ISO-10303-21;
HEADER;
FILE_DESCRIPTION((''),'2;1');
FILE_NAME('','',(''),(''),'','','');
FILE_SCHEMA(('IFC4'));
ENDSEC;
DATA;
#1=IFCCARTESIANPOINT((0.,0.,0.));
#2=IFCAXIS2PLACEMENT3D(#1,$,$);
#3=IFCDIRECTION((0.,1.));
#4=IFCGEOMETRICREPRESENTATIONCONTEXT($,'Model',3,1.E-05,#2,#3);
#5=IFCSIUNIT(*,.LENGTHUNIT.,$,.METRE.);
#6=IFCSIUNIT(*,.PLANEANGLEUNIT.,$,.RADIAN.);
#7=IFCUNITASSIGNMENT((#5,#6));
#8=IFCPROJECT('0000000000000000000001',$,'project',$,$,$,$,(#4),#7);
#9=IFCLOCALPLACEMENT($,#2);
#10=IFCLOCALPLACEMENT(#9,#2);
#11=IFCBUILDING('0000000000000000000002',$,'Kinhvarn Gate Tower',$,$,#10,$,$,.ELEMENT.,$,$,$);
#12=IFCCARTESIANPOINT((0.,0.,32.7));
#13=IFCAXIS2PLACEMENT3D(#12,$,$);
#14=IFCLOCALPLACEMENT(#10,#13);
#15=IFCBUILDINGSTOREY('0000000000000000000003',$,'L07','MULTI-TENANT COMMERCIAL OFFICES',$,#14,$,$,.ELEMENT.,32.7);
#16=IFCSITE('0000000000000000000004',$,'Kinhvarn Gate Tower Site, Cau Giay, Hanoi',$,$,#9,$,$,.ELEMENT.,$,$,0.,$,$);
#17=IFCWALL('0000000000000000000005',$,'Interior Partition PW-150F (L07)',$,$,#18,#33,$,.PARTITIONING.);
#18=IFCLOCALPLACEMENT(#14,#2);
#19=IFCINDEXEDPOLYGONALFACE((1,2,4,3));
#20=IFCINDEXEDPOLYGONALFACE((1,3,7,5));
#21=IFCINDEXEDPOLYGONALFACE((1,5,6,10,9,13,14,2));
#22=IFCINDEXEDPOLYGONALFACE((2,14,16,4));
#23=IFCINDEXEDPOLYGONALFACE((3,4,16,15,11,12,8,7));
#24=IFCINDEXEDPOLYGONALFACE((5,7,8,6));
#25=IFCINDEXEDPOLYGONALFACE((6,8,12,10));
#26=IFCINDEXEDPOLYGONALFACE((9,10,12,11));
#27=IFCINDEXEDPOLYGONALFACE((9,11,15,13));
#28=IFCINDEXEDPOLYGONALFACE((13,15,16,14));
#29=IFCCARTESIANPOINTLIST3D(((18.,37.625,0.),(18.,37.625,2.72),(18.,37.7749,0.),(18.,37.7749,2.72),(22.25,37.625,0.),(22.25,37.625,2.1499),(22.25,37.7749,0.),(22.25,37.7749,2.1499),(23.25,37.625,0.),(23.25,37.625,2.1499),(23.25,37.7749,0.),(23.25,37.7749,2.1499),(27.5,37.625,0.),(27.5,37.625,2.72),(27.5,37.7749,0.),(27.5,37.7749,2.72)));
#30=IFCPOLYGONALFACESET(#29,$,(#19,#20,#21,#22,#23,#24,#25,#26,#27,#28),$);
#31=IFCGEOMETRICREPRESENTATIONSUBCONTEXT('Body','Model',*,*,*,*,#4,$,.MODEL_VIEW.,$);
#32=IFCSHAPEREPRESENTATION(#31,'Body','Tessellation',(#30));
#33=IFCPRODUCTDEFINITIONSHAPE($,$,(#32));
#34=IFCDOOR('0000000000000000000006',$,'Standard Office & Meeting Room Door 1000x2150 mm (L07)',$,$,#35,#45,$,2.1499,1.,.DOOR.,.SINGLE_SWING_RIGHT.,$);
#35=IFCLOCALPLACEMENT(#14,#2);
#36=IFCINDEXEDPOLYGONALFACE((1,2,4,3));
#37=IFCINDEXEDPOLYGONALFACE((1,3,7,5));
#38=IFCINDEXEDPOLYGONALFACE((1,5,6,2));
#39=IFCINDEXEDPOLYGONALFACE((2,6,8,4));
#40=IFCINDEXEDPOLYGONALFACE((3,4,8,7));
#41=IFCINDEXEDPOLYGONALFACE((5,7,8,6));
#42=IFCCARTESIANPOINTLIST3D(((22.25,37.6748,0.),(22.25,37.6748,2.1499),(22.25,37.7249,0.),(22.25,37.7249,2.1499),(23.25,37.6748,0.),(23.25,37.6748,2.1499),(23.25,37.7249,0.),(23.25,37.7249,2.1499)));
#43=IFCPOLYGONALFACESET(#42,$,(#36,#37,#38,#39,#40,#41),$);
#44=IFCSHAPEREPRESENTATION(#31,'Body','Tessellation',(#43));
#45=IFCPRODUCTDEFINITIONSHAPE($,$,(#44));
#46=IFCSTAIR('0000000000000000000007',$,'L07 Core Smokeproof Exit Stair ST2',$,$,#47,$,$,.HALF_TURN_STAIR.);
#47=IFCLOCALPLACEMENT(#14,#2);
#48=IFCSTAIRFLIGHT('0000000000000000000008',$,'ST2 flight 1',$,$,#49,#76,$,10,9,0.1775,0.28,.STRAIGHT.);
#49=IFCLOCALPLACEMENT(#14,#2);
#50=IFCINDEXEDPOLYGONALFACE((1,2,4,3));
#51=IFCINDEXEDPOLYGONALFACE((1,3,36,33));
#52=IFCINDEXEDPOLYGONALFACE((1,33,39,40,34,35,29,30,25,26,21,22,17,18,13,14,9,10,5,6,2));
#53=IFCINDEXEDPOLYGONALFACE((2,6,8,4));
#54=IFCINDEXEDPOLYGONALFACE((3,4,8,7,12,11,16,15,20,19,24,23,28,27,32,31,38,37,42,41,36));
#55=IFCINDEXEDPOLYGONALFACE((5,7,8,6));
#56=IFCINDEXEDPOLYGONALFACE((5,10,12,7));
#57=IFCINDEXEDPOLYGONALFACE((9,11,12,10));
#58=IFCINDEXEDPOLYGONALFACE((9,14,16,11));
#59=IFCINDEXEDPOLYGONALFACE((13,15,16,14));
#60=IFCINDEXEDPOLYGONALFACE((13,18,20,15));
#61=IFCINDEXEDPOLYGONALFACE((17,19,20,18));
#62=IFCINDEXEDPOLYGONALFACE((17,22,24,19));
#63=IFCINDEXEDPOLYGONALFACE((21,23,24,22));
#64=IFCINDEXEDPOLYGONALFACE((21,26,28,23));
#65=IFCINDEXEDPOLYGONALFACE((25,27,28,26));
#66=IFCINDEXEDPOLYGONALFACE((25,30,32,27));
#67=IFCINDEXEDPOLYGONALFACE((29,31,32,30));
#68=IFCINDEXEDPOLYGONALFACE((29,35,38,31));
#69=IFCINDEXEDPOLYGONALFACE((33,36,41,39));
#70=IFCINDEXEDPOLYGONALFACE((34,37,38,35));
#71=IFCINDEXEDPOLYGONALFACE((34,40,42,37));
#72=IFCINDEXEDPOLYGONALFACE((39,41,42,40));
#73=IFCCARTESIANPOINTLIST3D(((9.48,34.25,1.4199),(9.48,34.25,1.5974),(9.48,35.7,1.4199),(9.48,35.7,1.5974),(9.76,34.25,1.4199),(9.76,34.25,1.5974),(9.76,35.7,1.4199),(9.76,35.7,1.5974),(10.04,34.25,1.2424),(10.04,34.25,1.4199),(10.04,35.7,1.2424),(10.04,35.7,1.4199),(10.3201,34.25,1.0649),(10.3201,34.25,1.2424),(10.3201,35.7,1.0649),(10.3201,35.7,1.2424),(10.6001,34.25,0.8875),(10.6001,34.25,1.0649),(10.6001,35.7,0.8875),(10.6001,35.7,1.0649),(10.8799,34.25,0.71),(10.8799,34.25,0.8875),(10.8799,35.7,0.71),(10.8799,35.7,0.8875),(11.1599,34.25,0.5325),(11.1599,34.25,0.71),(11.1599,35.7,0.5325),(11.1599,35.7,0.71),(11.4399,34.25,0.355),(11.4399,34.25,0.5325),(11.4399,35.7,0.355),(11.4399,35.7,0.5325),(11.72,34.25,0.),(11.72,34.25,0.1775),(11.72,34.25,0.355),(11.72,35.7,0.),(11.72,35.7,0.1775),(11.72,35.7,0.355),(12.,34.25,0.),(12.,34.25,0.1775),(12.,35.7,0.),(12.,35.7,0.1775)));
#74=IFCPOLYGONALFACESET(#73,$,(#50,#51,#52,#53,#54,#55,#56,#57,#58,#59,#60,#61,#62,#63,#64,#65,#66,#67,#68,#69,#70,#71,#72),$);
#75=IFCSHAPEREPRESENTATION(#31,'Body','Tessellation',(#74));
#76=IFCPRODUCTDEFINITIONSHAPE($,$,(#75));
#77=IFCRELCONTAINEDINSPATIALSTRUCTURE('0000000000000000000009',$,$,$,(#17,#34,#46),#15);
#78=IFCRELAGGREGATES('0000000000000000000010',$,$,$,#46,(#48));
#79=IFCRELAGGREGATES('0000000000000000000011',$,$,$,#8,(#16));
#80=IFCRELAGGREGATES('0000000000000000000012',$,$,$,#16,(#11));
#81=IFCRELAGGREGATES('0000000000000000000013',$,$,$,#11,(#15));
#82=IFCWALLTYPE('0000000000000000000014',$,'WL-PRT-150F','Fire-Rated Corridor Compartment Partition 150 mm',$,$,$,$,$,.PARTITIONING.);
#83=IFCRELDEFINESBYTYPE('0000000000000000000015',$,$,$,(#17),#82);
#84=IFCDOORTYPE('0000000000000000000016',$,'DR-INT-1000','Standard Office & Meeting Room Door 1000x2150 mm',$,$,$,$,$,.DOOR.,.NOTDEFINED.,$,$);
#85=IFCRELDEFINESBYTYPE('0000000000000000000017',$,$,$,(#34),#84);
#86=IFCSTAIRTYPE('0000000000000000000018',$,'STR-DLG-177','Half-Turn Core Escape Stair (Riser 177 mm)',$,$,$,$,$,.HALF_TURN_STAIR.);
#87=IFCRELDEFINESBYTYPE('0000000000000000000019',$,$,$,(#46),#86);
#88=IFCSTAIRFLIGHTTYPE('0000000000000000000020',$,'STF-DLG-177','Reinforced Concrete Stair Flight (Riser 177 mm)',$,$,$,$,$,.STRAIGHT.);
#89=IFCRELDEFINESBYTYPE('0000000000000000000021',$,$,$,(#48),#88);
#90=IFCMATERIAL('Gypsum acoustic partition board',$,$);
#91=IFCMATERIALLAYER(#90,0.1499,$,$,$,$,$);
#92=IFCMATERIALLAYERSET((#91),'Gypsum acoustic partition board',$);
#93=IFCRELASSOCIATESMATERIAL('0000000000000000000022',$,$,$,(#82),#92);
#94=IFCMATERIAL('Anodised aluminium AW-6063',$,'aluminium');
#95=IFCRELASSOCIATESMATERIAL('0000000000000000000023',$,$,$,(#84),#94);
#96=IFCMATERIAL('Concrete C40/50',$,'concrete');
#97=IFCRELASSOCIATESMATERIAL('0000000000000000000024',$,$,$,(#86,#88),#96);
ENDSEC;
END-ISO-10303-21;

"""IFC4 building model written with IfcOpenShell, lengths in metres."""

from ifc_helpers import new_model, si_unit, direction, frame, frame_2d, origin, place, context, subcontext, project, spatial, polyline, rectangle, outline, extrude, material, layer, layer_set, type_object, element, fill, aggregate, save


model = new_model("IFC4")

# Units and contexts
model_context = context("Model", 3, precision=1e-05, world=origin(), true_north=direction((0.0, 1.0)))
body_context = subcontext(model_context, "Body", "Model", "MODEL_VIEW")
ifc_project = project(units=[si_unit("LENGTHUNIT", "METRE"), si_unit("PLANEANGLEUNIT", "RADIAN")], contexts=[model_context])

# Site, building, storey
site_placement = place(None, origin())
site = spatial("IfcSite", under=ifc_project, at=site_placement, Name="Kinhvarn Gate Tower Site, Cau Giay, Hanoi", CompositionType="ELEMENT", RefElevation=0.0)
building_placement = place(site_placement, origin())
building = spatial("IfcBuilding", under=site, at=building_placement, Name="Kinhvarn Gate Tower", CompositionType="ELEMENT")
storey_placement = place(building_placement, frame((0.0, 0.0, 32.7)))
storey = spatial("IfcBuildingStorey", under=building, at=storey_placement, Name="L07", Description="MULTI-TENANT COMMERCIAL OFFICES", CompositionType="ELEMENT", Elevation=32.7)

# Shared definitions
ifc_material_1 = material(Name="Anodised aluminium AW-6063", Category="aluminium")

# Shared definitions
ifc_material_2 = material(Name="Gypsum acoustic partition board")

# Shared definitions
ifc_layer_1 = layer(ifc_material_2, 0.1499)
ifc_layer_set_1 = layer_set([ifc_layer_1], Name="Gypsum acoustic partition board")
wall_type_1 = type_object("IfcWallType", Name="WL-PRT-150F", Description="Fire-Rated Corridor Compartment Partition 150 mm", PredefinedType="PARTITIONING", material=ifc_layer_set_1)

# Wall, opening, door
wall_1_placement = place(storey_placement, frame((18.0, 37.7, 0.0), z_axis=(0.0, 0.0, 1.0), x_axis=(1.0, 0.0, 0.0)))
wall_1 = element("IfcWall", 1, at=wall_1_placement, inside=storey, type_object=wall_type_1, Name="Interior Partition PW-150F (L07)", PredefinedType="PARTITIONING", context=body_context, shape_type="SweptSolid", body=[
    extrude(rectangle(XDim=9.5, YDim=0.1499, at=frame_2d((4.75, 0.0))), origin(), (0.0, 0.0, 1.0), 2.72),
])
opening_1_placement = place(wall_1_placement, frame((4.25, 0.0, 0.0)))
opening_1 = element("IfcOpeningElement", 2, at=opening_1_placement, cuts=wall_1, PredefinedType="OPENING", context=body_context, shape_type="SweptSolid", body=[
    extrude(rectangle(XDim=1.0, YDim=2.1499, at=frame_2d((0.5, 1.075))), frame((0.0, 0.085, 0.0), z_axis=(0.0, -1.0, 0.0), x_axis=(1.0, 0.0, 0.0)), (0.0, 0.0, 1.0), 0.1699),
])
door_type_1 = type_object("IfcDoorType", Name="DR-INT-1000", Description="Standard Office & Meeting Room Door 1000x2150 mm", OperationType="NOTDEFINED", PredefinedType="DOOR", material=ifc_material_1)
door_1_placement = place(opening_1_placement, origin())
door_1 = element("IfcDoor", 3, at=door_1_placement, inside=storey, type_object=door_type_1, Name="Standard Office & Meeting Room Door 1000x2150 mm (L07)", OperationType="SINGLE_SWING_RIGHT", OverallHeight=2.1499, OverallWidth=1.0, PredefinedType="DOOR", context=body_context, shape_type="SweptSolid", body=[
    extrude(rectangle(XDim=1.0, YDim=2.1499, at=frame_2d((0.5, 1.075))), frame((0.0, 0.0249, 0.0), z_axis=(0.0, -1.0, 0.0), x_axis=(1.0, 0.0, 0.0)), (0.0, 0.0, 1.0), 0.05),
])
fill(opening_1, door_1)
ifc_material_3 = material(Name="Concrete C40/50", Category="concrete")

# Stair, stair flight
stair_type = type_object("IfcStairType", Name="STR-DLG-177", Description="Half-Turn Core Escape Stair (Riser 177 mm)", PredefinedType="HALF_TURN_STAIR", material=ifc_material_3)
stair_placement = place(storey_placement, origin())
stair = element("IfcStair", 4, at=stair_placement, inside=storey, type_object=stair_type, Name="L07 Core Smokeproof Exit Stair ST2", PredefinedType="HALF_TURN_STAIR")
stair_flight_type = type_object("IfcStairFlightType", Name="STF-DLG-177", Description="Reinforced Concrete Stair Flight (Riser 177 mm)", PredefinedType="STRAIGHT", material=ifc_material_3)
stair_flight_placement = place(storey_placement, frame((12.0, 34.9751, 0.0), z_axis=(0.0, 0.0, 1.0), x_axis=(-1.0, 0.0, 0.0)))
stair_flight = element("IfcStairFlight", 5, at=stair_flight_placement, type_object=stair_flight_type, Name="ST2 flight 1", NumberOfRisers=10, NumberOfTreads=9, PredefinedType="STRAIGHT", RiserHeight=0.1775, TreadLength=0.28, context=body_context, shape_type="SweptSolid", body=[
    extrude(outline(polyline([(0.0, 0.0), (0.0, 0.1775), (0.28, 0.1775), (0.28, 0.355), (0.5601, 0.355), (0.5601, 0.5325), (0.8401, 0.5325), (0.8401, 0.71), (1.1201, 0.71), (1.1201, 0.8875), (1.3999, 0.8875), (1.3999, 1.0649), (1.6799, 1.0649), (1.6799, 1.2424), (1.96, 1.2424), (1.96, 1.4199), (2.24, 1.4199), (2.24, 1.5974), (2.52, 1.5974), (2.52, 1.7749), (2.52, 1.4199), (0.28, 0.0), (0.0, 0.0)])), frame((0.0, 0.7251, 0.0), z_axis=(0.0, -1.0, 0.0), x_axis=(1.0, 0.0, 0.0)), (0.0, 0.0, 1.0), 1.45),
])
aggregate(stair, [stair_flight])

save(model, "model.ifc")
